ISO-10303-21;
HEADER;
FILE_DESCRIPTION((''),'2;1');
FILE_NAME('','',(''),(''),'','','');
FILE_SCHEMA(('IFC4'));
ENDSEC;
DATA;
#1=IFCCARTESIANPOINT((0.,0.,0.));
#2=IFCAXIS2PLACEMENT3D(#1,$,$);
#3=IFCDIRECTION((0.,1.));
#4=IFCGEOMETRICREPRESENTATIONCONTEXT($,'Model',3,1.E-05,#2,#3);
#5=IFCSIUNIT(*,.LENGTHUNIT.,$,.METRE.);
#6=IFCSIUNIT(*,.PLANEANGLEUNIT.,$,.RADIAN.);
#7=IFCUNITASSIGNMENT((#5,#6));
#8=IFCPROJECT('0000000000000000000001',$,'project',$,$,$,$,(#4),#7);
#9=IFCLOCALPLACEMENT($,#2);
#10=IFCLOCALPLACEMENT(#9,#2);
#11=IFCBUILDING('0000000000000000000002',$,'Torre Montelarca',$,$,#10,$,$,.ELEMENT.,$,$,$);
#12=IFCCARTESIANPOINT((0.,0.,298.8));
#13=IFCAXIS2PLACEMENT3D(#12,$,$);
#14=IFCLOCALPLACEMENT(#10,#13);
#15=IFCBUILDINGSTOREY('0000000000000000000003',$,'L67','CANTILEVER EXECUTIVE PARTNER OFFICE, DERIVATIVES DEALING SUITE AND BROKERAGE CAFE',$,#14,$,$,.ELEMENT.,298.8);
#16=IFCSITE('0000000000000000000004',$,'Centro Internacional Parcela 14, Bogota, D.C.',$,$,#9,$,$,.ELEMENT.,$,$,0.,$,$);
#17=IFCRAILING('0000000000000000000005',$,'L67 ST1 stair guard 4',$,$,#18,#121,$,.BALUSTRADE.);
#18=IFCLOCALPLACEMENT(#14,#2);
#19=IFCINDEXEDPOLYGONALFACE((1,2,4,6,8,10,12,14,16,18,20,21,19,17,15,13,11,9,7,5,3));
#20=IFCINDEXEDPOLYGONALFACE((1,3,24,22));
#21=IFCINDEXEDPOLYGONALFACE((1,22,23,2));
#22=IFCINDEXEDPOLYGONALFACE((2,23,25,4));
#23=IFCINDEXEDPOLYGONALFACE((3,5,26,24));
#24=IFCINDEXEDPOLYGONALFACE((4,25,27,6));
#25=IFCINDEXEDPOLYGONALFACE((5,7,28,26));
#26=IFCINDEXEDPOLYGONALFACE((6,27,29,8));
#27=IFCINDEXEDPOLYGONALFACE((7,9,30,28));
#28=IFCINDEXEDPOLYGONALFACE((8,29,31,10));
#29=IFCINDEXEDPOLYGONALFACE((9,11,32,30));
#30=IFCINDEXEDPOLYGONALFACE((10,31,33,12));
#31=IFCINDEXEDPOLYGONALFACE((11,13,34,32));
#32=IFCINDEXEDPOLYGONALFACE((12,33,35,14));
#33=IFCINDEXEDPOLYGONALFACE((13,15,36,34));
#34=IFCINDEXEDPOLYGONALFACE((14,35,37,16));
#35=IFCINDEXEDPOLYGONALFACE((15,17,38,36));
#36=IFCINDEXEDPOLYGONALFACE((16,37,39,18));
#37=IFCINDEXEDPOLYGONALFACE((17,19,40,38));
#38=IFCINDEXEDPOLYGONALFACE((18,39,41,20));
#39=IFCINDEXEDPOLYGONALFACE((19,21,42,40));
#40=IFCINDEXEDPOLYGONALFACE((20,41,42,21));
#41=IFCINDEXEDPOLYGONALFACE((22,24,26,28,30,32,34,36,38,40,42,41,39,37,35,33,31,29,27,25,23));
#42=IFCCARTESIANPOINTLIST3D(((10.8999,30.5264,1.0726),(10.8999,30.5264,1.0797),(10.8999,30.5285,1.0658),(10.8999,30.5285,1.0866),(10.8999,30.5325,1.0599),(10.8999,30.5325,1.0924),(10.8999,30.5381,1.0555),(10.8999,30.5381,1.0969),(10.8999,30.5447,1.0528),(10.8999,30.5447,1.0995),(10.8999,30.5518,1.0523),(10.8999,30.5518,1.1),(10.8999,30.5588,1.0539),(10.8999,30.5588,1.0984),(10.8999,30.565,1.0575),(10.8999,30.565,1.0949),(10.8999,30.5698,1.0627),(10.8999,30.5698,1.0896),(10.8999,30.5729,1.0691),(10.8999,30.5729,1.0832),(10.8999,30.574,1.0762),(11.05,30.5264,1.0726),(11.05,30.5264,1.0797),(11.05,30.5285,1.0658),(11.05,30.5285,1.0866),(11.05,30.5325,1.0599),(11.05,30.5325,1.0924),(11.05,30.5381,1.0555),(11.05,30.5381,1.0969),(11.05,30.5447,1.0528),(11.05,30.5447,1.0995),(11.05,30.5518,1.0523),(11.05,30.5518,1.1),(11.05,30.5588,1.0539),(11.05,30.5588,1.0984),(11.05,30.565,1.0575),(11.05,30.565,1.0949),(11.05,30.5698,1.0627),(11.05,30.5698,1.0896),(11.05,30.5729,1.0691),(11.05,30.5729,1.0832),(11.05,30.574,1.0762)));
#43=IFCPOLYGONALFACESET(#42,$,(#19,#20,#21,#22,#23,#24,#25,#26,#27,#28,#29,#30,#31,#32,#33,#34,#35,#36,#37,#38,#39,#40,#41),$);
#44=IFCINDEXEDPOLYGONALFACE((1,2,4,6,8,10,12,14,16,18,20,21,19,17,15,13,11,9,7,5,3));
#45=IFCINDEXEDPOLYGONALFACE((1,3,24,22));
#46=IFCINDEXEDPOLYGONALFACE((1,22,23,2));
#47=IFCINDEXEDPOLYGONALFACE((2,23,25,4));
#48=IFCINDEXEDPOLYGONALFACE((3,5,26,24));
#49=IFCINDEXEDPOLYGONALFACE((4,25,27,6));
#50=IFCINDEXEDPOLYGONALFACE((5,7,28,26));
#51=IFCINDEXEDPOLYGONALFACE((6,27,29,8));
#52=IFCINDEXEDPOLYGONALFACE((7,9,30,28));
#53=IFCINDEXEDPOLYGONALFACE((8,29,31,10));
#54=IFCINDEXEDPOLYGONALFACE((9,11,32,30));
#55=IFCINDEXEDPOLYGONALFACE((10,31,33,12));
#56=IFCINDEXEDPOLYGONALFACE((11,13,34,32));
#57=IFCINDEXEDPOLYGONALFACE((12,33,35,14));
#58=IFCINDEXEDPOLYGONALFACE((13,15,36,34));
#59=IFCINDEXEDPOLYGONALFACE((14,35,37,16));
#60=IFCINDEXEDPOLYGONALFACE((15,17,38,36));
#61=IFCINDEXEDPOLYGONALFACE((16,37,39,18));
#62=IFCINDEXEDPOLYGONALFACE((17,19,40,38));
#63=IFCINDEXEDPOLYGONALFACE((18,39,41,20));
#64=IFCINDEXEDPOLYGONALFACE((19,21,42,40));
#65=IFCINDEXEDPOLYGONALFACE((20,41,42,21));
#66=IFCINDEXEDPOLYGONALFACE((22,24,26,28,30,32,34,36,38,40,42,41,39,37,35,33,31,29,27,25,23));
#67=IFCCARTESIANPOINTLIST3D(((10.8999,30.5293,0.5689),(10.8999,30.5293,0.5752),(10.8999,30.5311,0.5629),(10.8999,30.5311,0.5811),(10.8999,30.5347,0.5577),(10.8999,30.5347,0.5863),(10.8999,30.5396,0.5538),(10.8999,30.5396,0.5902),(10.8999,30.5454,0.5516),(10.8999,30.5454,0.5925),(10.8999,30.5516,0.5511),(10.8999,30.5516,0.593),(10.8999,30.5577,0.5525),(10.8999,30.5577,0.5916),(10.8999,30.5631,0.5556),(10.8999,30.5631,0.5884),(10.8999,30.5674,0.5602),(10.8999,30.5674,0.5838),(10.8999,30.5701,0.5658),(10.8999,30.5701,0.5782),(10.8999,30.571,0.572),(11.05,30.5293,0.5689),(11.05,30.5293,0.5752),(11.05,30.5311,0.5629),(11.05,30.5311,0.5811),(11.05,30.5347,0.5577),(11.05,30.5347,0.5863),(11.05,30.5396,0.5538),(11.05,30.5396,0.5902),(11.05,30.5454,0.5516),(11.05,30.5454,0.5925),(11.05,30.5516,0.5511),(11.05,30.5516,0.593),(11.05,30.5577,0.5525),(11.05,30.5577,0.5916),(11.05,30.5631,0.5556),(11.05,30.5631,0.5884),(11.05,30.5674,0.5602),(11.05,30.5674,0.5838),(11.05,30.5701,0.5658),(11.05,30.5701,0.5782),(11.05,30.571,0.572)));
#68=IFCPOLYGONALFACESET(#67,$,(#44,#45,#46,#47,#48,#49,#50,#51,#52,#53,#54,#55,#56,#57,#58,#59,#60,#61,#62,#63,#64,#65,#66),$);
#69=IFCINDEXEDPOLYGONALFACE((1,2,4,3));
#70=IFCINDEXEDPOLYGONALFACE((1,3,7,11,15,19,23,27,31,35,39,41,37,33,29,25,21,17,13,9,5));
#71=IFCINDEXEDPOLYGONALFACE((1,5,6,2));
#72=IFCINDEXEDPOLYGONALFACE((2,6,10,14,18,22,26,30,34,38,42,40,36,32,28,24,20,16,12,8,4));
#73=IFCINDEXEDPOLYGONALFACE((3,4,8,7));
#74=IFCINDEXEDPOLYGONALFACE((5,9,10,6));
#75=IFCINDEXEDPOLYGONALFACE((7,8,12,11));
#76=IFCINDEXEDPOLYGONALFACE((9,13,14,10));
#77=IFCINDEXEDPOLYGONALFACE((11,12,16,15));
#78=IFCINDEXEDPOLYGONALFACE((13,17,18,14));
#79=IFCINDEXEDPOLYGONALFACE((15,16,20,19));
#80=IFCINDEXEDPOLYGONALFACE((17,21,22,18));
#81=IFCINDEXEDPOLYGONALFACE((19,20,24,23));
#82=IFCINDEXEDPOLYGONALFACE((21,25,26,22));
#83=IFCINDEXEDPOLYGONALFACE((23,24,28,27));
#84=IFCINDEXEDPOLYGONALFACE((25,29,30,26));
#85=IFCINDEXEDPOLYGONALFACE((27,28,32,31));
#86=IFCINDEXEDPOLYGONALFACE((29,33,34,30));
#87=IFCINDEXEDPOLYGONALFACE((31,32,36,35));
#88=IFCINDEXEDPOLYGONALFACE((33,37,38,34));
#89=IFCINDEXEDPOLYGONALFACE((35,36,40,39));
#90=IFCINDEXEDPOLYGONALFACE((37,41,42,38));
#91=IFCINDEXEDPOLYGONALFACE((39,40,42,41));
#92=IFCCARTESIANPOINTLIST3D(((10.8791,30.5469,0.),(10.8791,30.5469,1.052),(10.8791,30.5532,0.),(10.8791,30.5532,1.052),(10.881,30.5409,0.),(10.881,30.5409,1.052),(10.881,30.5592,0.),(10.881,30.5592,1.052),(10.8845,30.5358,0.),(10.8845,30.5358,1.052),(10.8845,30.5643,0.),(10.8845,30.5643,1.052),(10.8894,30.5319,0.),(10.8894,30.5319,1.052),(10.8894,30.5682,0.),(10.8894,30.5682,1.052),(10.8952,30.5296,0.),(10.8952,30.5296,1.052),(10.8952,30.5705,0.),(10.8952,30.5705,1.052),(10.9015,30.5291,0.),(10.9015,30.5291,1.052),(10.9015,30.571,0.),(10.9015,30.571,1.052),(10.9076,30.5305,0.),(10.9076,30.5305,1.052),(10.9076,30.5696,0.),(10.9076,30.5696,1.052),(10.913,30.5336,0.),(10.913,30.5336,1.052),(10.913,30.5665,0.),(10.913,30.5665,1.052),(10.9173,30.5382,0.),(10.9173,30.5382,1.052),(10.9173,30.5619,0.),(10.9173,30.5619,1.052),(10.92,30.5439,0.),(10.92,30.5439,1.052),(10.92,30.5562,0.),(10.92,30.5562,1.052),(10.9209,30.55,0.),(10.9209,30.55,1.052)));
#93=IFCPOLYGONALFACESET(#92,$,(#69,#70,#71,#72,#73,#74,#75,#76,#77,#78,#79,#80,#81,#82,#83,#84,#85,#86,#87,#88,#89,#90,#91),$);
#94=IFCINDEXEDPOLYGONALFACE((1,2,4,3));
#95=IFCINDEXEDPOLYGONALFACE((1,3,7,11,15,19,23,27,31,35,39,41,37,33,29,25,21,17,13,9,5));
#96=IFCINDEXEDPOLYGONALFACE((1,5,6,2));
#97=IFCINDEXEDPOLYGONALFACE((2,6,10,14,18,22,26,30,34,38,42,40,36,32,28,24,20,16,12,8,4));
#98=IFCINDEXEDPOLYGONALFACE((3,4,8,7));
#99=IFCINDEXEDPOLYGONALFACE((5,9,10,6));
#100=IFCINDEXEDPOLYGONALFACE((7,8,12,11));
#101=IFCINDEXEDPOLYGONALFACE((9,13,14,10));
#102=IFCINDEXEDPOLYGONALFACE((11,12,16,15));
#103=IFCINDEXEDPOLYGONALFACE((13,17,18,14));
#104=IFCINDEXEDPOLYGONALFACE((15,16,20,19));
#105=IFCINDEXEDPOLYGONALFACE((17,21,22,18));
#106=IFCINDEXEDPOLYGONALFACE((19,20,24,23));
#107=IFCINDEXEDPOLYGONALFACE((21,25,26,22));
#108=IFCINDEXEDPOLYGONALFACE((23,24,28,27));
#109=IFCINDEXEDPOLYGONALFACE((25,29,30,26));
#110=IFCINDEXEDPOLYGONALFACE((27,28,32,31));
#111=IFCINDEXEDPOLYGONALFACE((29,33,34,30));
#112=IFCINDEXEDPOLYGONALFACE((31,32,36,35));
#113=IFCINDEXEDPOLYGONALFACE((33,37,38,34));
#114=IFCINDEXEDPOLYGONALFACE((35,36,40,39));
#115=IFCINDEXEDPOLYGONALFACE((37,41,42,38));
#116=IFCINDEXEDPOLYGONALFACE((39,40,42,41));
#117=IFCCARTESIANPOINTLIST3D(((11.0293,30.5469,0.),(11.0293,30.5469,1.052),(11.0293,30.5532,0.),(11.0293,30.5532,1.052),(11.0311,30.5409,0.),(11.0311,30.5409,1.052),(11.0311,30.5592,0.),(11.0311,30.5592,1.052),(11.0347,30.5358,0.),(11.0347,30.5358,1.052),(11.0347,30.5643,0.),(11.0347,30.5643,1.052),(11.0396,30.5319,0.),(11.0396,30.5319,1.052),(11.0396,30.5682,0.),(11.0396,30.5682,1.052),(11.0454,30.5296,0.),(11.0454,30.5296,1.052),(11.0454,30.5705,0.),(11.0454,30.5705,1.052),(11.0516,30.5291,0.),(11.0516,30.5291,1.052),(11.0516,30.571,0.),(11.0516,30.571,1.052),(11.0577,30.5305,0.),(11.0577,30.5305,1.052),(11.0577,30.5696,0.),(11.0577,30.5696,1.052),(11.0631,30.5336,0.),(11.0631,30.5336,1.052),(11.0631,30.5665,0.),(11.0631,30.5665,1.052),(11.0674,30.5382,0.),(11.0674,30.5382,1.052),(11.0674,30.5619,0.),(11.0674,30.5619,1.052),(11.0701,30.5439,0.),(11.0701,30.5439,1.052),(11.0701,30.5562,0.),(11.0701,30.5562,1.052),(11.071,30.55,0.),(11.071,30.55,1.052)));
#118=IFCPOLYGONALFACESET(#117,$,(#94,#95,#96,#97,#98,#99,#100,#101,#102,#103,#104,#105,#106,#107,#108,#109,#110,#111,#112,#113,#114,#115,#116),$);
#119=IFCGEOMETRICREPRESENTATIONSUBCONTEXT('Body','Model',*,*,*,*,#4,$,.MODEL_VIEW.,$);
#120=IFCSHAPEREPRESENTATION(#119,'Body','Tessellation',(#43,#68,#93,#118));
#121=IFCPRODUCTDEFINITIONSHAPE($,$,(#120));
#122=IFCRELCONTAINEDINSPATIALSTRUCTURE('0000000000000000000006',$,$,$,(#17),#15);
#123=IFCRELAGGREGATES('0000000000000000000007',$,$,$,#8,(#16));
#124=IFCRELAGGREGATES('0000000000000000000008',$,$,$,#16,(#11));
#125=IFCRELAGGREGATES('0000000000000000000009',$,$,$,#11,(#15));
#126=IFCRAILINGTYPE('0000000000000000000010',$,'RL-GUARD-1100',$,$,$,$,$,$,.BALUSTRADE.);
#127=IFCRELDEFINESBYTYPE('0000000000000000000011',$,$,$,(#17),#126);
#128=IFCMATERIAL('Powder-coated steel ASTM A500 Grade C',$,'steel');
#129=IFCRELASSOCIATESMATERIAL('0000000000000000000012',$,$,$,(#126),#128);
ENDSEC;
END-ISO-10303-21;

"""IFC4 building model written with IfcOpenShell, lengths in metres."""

from ifc_helpers import new_model, si_unit, direction, frame, origin, origin_2d, place, context, subcontext, project, spatial, circle, extrude, material, type_object, element, save


model = new_model("IFC4")

# Units and contexts
model_context = context("Model", 3, precision=1e-05, world=origin(), true_north=direction((0.0, 1.0)))
body_context = subcontext(model_context, "Body", "Model", "MODEL_VIEW")
ifc_project = project(units=[si_unit("LENGTHUNIT", "METRE"), si_unit("PLANEANGLEUNIT", "RADIAN")], contexts=[model_context])

# Site, building, storey
site_placement = place(None, origin())
site = spatial("IfcSite", under=ifc_project, at=site_placement, Name="Centro Internacional Parcela 14, Bogota, D.C.", CompositionType="ELEMENT", RefElevation=0.0)
building_placement = place(site_placement, origin())
building = spatial("IfcBuilding", under=site, at=building_placement, Name="Torre Montelarca", CompositionType="ELEMENT")
storey_placement = place(building_placement, frame((0.0, 0.0, 298.8)))
storey = spatial("IfcBuildingStorey", under=building, at=storey_placement, Name="L67", Description="CANTILEVER EXECUTIVE PARTNER OFFICE, DERIVATIVES DEALING SUITE AND BROKERAGE CAFE", CompositionType="ELEMENT", Elevation=298.8)

# Railing
ifc_material_1 = material(Name="Powder-coated steel ASTM A500 Grade C", Category="steel")
railing_type_1 = type_object("IfcRailingType", Name="RL-GUARD-1100", PredefinedType="BALUSTRADE", material=ifc_material_1)
railing_1_placement = place(storey_placement, frame((10.8999, 30.55, 0.0)))
element("IfcRailing", 1, at=railing_1_placement, inside=storey, type_object=railing_type_1, Name="L67 ST1 stair guard 4", PredefinedType="BALUSTRADE", context=body_context, shape_type="SweptSolid", body=[
    extrude(circle(Radius=0.0239, at=origin_2d()), frame((0.0, 0.0, 1.0762), z_axis=(1.0, 0.0, 0.0), x_axis=(0.0, 1.0, 0.0)), (0.0, 0.0, 1.0), 0.1501),
    extrude(circle(Radius=0.021, at=origin_2d()), frame((0.0, 0.0, 0.572), z_axis=(1.0, 0.0, 0.0), x_axis=(0.0, 1.0, 0.0)), (0.0, 0.0, 1.0), 0.1501),
    extrude(circle(Radius=0.021, at=origin_2d()), origin(), (0.0, 0.0, 1.0), 1.052),
    extrude(circle(Radius=0.021, at=origin_2d()), frame((0.1501, 0.0, 0.0)), (0.0, 0.0, 1.0), 1.052),
])

save(model, "model.ifc")
